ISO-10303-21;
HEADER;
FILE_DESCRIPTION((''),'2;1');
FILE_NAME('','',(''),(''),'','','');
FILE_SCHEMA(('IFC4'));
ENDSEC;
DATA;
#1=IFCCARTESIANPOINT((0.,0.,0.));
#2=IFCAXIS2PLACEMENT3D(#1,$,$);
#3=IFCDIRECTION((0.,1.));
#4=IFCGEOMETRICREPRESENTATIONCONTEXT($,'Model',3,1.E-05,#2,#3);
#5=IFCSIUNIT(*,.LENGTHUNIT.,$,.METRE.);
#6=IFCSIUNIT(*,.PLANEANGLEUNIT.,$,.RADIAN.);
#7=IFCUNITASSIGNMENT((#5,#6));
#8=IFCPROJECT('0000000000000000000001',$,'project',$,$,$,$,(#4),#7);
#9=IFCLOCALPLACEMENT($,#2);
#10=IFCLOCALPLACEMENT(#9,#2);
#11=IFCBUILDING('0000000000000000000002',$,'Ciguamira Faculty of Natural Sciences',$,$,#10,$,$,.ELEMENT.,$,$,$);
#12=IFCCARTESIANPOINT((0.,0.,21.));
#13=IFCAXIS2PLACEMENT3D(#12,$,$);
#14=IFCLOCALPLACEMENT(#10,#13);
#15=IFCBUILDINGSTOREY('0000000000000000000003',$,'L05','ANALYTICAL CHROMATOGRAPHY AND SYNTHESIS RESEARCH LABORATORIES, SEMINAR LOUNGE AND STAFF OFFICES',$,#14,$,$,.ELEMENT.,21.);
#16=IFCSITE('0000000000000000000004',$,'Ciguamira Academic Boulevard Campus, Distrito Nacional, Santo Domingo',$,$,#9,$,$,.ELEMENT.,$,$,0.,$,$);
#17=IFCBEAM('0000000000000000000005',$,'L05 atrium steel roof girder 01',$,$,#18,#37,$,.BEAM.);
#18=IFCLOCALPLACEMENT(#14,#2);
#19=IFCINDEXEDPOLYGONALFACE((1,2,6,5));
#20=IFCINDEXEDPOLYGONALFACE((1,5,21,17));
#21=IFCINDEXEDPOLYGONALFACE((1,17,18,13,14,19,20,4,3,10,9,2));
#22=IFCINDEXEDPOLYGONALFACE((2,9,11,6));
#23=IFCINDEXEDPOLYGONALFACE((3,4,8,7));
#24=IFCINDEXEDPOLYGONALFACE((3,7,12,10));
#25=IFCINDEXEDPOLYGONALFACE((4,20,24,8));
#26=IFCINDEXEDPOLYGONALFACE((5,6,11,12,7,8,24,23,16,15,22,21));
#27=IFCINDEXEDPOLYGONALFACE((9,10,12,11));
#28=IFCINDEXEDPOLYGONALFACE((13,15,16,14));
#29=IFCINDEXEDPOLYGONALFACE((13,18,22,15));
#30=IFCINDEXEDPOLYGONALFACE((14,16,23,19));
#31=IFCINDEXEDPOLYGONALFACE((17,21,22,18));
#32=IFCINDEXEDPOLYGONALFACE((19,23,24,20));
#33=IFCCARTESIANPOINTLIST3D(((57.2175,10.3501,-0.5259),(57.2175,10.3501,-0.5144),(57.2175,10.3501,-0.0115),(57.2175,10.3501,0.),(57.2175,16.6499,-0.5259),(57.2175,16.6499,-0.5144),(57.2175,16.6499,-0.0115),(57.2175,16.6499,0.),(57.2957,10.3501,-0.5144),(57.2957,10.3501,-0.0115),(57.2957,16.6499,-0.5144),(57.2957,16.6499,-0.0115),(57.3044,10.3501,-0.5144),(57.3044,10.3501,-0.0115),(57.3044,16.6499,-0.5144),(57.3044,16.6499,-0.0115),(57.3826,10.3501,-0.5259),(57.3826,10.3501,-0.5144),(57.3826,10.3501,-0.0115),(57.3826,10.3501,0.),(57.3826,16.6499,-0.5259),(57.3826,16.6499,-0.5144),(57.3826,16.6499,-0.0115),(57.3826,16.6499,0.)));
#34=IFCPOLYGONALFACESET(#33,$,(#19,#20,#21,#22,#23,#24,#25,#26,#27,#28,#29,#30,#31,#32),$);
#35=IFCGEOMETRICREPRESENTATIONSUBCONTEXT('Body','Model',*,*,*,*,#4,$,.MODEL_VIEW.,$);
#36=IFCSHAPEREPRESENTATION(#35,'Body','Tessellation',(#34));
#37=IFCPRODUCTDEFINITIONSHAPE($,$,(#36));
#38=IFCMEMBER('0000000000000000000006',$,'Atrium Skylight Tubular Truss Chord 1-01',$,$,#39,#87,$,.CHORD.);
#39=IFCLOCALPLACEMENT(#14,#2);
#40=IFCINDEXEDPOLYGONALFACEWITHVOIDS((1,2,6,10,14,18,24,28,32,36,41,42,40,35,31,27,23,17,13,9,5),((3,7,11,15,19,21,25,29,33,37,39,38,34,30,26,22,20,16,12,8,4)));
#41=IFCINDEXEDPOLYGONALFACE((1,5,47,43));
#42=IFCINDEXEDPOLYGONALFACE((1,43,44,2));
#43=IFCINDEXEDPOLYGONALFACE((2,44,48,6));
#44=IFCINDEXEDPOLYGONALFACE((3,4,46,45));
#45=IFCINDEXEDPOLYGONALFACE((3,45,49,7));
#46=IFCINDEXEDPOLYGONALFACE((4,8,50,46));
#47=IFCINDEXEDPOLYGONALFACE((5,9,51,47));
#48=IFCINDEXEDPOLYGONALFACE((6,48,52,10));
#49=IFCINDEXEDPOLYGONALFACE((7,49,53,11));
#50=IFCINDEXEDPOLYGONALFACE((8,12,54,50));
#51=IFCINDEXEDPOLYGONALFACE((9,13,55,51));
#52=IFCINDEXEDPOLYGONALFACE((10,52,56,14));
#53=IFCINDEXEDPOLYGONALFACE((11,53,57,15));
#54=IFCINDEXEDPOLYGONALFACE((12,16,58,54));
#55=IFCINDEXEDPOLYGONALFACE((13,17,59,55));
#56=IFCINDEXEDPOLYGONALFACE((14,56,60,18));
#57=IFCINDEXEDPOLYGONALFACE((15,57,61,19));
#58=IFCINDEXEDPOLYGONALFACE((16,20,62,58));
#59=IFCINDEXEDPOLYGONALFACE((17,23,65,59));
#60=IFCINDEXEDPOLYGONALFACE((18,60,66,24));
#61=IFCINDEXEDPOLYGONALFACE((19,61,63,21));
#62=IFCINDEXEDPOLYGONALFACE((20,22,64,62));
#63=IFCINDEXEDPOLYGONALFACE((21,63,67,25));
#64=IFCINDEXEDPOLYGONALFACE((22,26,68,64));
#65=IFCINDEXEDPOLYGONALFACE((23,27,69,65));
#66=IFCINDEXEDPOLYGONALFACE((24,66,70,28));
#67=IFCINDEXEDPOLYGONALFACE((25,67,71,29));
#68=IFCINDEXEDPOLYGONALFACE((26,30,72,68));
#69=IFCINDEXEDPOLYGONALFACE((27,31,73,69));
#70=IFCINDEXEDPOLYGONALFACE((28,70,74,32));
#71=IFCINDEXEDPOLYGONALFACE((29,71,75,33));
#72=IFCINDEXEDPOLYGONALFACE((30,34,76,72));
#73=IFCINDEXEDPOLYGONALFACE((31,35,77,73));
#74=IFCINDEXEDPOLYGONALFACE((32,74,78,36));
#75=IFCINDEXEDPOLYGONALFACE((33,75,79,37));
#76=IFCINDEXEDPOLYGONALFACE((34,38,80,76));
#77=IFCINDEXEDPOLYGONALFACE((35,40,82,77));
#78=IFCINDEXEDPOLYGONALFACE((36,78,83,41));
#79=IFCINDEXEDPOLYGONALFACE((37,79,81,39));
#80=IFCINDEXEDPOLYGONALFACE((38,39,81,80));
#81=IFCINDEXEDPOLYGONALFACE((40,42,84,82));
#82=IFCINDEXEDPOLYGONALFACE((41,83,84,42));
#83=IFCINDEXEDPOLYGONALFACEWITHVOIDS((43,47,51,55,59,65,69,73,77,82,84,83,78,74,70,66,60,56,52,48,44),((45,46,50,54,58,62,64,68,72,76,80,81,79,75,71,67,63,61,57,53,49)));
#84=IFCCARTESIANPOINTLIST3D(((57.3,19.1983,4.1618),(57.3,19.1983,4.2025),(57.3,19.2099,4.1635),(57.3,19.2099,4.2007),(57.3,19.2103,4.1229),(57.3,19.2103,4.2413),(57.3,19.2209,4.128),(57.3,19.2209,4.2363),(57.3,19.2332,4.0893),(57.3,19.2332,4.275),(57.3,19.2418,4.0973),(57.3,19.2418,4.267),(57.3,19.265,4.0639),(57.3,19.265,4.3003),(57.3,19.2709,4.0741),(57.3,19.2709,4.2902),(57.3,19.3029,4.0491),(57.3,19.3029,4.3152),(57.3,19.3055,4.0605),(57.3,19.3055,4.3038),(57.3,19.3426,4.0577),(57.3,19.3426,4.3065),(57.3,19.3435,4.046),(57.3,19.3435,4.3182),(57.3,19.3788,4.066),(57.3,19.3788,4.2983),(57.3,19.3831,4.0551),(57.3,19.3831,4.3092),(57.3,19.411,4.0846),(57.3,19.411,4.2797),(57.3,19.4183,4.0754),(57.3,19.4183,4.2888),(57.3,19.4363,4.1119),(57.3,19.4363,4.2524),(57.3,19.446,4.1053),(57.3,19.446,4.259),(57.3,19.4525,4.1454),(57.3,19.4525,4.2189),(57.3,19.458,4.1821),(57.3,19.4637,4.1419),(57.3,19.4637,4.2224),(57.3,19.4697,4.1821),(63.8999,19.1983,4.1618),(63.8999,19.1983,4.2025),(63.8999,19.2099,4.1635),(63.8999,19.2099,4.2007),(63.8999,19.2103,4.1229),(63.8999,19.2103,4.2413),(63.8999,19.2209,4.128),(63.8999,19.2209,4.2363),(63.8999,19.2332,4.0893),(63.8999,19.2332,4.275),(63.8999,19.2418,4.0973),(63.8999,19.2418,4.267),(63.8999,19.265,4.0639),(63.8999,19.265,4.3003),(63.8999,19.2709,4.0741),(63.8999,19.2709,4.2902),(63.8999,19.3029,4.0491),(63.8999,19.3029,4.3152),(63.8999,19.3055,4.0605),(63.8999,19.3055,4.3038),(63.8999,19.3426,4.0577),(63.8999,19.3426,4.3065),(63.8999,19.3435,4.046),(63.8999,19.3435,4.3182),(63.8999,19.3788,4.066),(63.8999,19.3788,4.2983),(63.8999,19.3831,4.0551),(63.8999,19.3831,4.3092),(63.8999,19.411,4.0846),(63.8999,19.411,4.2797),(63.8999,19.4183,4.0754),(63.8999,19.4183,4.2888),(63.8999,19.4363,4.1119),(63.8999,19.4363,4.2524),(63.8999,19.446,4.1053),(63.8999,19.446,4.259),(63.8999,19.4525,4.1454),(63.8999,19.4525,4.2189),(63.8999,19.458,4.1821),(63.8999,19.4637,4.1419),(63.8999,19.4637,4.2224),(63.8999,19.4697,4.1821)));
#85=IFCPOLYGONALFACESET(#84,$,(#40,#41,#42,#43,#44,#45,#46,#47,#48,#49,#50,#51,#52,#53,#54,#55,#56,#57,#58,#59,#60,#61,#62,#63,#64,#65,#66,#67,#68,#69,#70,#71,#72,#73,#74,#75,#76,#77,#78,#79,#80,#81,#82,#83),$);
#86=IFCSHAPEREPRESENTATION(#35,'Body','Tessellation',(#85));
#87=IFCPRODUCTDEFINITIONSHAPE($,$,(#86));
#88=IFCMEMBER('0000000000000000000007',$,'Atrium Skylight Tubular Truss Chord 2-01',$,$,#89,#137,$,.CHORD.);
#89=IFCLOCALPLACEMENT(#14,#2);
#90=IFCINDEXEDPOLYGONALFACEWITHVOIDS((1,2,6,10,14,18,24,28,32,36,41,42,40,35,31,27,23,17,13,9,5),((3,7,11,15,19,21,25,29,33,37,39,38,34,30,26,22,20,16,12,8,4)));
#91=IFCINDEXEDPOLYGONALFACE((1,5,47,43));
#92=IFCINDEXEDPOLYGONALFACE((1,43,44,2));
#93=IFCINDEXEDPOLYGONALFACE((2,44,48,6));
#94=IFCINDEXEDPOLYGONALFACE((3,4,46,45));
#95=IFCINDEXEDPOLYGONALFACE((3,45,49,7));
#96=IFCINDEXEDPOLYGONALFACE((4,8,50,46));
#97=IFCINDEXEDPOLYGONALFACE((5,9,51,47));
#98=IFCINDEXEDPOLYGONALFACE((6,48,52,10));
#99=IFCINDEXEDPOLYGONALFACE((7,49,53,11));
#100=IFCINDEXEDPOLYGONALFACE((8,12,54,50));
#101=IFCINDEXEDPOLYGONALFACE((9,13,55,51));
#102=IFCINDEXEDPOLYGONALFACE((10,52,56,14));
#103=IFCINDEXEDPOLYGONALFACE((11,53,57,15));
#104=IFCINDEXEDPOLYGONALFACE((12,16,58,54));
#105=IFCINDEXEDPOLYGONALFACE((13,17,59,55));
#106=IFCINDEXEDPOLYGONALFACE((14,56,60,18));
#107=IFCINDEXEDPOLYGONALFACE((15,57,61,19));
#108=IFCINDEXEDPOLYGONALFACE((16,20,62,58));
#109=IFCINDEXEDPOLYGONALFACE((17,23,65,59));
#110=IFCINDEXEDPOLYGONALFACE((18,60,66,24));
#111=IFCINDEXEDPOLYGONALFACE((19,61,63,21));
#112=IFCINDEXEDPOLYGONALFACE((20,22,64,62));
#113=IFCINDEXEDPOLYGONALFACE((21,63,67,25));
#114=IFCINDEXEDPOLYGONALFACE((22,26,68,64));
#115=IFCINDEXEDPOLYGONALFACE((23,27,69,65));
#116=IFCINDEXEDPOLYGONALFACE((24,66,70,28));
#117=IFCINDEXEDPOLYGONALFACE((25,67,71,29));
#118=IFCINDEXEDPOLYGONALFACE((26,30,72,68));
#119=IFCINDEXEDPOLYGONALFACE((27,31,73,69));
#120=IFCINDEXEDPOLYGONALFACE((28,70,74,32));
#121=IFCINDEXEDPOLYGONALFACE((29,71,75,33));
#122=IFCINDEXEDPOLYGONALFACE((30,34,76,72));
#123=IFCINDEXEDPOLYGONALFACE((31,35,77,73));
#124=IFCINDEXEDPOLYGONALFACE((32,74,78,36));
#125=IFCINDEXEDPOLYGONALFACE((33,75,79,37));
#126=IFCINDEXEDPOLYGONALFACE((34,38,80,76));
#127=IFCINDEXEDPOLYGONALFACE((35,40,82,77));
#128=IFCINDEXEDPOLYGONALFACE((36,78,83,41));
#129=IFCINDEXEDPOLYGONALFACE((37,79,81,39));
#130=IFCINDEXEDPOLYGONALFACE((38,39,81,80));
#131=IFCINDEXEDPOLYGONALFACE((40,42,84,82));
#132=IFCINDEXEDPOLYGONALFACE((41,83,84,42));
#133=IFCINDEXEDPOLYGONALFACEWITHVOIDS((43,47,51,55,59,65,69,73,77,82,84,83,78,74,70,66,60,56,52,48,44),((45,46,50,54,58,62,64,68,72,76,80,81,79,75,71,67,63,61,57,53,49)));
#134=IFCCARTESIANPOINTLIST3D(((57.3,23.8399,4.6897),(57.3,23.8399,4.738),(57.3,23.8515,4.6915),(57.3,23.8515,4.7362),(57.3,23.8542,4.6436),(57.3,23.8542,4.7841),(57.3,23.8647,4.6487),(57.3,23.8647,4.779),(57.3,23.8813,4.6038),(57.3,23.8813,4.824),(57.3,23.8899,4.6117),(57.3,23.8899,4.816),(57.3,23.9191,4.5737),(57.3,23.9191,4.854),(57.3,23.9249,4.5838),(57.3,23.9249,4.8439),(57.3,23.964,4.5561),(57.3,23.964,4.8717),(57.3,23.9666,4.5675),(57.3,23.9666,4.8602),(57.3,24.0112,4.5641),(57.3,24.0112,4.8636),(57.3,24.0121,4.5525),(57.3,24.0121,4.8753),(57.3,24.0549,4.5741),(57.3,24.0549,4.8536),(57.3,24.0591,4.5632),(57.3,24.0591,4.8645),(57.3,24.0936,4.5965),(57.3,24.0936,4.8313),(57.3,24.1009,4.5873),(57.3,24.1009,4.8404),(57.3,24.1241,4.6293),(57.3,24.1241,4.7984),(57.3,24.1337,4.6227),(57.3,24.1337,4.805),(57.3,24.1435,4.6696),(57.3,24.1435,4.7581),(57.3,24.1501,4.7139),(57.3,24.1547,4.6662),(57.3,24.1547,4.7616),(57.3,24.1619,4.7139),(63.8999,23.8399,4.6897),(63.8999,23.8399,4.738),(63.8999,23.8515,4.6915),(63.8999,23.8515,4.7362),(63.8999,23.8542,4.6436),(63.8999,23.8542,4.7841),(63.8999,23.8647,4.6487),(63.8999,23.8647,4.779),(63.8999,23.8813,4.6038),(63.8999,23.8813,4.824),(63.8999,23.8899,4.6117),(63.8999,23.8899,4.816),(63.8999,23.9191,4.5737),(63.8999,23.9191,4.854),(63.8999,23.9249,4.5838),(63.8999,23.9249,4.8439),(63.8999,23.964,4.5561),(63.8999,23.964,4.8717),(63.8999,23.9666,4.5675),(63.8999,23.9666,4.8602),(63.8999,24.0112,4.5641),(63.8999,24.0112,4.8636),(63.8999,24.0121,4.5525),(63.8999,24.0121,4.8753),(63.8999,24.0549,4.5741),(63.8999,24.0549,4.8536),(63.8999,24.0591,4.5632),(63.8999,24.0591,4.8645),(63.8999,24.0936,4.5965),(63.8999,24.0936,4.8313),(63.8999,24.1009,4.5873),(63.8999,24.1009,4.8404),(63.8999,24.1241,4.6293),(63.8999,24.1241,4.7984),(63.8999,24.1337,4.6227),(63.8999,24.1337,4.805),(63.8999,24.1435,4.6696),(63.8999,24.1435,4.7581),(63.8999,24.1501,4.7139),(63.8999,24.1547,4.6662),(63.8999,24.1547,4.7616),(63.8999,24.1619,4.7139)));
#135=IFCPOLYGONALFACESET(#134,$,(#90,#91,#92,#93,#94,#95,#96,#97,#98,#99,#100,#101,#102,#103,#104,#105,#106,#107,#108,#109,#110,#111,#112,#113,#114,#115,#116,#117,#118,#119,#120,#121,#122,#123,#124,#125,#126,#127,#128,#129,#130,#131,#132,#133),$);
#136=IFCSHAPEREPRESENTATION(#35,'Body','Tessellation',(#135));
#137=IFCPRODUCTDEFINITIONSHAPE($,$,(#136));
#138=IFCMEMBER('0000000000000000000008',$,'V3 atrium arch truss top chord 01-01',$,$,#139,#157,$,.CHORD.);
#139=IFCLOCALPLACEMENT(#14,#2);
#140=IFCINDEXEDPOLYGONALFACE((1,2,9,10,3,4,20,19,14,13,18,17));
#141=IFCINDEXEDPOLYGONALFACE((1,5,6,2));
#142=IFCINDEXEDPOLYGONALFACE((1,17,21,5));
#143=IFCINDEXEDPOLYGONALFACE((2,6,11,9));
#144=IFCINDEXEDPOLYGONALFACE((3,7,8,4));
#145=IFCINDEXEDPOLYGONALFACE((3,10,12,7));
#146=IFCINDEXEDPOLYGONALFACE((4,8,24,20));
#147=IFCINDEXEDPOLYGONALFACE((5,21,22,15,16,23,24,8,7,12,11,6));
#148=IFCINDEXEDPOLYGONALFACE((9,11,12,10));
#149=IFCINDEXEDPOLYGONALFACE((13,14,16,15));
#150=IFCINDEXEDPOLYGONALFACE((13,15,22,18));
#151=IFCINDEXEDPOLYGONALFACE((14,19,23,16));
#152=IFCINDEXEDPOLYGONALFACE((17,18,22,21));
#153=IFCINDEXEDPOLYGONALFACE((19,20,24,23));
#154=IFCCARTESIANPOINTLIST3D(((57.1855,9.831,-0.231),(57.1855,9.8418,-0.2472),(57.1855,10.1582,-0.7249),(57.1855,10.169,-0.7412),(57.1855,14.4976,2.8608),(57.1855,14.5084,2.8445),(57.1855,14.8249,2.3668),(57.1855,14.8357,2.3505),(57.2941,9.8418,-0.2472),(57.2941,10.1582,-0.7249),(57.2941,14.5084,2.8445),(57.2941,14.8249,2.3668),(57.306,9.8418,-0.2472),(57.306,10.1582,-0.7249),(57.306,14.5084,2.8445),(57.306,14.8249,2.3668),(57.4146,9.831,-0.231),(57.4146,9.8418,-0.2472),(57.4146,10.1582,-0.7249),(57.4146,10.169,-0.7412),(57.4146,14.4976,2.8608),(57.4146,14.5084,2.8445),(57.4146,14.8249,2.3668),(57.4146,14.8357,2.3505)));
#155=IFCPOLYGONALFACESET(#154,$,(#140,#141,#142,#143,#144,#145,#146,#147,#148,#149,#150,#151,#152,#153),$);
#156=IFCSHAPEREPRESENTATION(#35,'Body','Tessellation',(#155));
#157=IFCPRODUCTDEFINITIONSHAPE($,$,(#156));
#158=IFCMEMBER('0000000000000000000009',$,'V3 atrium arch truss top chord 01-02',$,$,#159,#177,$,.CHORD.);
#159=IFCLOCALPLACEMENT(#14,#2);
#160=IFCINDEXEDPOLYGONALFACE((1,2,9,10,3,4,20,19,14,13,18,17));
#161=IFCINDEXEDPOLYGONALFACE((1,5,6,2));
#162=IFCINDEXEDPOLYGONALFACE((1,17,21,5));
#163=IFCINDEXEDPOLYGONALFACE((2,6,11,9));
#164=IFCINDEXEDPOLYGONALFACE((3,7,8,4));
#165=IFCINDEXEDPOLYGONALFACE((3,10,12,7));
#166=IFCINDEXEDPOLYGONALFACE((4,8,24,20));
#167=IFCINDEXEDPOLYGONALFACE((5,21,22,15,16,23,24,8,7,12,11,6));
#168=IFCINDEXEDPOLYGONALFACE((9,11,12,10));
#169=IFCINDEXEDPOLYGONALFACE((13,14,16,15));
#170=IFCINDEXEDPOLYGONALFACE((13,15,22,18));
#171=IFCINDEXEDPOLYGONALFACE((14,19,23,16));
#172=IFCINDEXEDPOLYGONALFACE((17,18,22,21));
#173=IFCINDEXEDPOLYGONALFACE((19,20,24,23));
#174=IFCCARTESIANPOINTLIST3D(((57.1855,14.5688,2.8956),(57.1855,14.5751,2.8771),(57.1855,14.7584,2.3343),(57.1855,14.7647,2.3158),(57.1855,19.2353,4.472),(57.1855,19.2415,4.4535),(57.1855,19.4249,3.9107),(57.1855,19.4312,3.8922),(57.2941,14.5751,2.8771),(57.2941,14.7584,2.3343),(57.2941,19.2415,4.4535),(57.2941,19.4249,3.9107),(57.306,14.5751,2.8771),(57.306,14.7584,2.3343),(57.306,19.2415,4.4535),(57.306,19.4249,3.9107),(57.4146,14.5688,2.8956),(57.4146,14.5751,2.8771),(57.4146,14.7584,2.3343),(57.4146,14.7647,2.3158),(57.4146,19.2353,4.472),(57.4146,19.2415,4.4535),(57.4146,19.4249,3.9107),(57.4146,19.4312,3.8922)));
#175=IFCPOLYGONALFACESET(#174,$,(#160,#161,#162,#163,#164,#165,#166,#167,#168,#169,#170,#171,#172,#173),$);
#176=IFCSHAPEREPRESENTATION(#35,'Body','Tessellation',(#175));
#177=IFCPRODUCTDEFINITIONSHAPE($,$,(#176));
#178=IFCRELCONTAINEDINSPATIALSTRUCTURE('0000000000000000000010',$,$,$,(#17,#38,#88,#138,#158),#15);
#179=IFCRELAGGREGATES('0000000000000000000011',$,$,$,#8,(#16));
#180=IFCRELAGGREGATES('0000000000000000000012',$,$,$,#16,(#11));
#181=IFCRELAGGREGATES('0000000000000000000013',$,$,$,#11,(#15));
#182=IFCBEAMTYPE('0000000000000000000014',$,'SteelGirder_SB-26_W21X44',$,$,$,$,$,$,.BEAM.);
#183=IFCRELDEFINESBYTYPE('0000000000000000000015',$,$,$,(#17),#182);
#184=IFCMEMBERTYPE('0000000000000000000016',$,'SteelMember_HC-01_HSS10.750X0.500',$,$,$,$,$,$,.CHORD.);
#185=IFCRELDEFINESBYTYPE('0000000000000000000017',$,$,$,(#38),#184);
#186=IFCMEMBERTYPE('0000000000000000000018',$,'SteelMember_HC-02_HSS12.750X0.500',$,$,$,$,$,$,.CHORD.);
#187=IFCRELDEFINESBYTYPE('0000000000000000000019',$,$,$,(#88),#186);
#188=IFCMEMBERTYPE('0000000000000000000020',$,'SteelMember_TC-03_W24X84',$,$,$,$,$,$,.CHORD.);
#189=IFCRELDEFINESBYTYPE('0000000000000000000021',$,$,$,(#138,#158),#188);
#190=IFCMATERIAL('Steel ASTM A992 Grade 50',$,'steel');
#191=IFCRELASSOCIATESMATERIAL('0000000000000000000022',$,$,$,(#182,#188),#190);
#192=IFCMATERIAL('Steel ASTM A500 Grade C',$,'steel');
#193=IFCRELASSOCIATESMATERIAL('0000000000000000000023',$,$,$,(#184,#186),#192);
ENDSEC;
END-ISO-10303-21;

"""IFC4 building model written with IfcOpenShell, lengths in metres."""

from ifc_helpers import new_model, si_unit, direction, frame, origin, origin_2d, place, context, subcontext, project, spatial, hollow_circle, i_section, extrude, material, material_profile, profile_set, type_object, element, save


model = new_model("IFC4")

# Units and contexts
model_context = context("Model", 3, precision=1e-05, world=origin(), true_north=direction((0.0, 1.0)))
body_context = subcontext(model_context, "Body", "Model", "MODEL_VIEW")
ifc_project = project(units=[si_unit("LENGTHUNIT", "METRE"), si_unit("PLANEANGLEUNIT", "RADIAN")], contexts=[model_context])

# Site, building, storey
site_placement = place(None, origin())
site = spatial("IfcSite", under=ifc_project, at=site_placement, Name="Ciguamira Academic Boulevard Campus, Distrito Nacional, Santo Domingo", CompositionType="ELEMENT", RefElevation=0.0)
building_placement = place(site_placement, origin())
building = spatial("IfcBuilding", under=site, at=building_placement, Name="Ciguamira Faculty of Natural Sciences", CompositionType="ELEMENT")
storey_placement = place(building_placement, frame((0.0, 0.0, 21.0)))
storey = spatial("IfcBuildingStorey", under=building, at=storey_placement, Name="L05", Description="ANALYTICAL CHROMATOGRAPHY AND SYNTHESIS RESEARCH LABORATORIES, SEMINAR LOUNGE AND STAFF OFFICES", CompositionType="ELEMENT", Elevation=21.0)

# Beam
ifc_material_1 = material(Name="Steel ASTM A992 Grade 50", Category="steel")
ifc_material_profile_1 = material_profile(ifc_material_1, i_section(OverallWidth=0.165, OverallDepth=0.5259, WebThickness=0.0088, FlangeThickness=0.0115, at=origin_2d()), Name="W21X44")
ifc_profile_set_1 = profile_set([ifc_material_profile_1], Name="Steel ASTM A992 Grade 50")
beam_type = type_object("IfcBeamType", Name="SteelGirder_SB-26_W21X44", PredefinedType="BEAM", material=ifc_profile_set_1)
beam_placement = place(storey_placement, frame((57.3, 10.3501, -0.2629), z_axis=(0.0, 1.0, 0.0), x_axis=(-1.0, 0.0, 0.0)))
element("IfcBeam", 1, at=beam_placement, inside=storey, type_object=beam_type, Name="L05 atrium steel roof girder 01", PredefinedType="BEAM", context=body_context, shape_type="SweptSolid", body=[
    extrude(i_section(OverallWidth=0.165, OverallDepth=0.5259, WebThickness=0.0088, FlangeThickness=0.0115, at=origin_2d()), origin(), (0.0, 0.0, 1.0), 6.2998),
])

# Members
ifc_material_2 = material(Name="Steel ASTM A500 Grade C", Category="steel")
ifc_material_profile_2 = material_profile(ifc_material_2, hollow_circle(Radius=0.1365, WallThickness=0.0117, at=origin_2d()), Name="HSS10.750X0.500")
ifc_profile_set_2 = profile_set([ifc_material_profile_2], Name="Steel ASTM A500 Grade C")
member_type_1 = type_object("IfcMemberType", Name="SteelMember_HC-01_HSS10.750X0.500", PredefinedType="CHORD", material=ifc_profile_set_2)
member_1_placement = place(storey_placement, frame((57.3, 19.3333, 4.1821), z_axis=(1.0, 0.0, 0.0), x_axis=(0.0, 1.0, 0.0)))
element("IfcMember", 2, at=member_1_placement, inside=storey, type_object=member_type_1, Name="Atrium Skylight Tubular Truss Chord 1-01", PredefinedType="CHORD", context=body_context, shape_type="SweptSolid", body=[
    extrude(hollow_circle(Radius=0.1365, WallThickness=0.0117, at=origin_2d()), origin(), (0.0, 0.0, 1.0), 6.5999),
])
ifc_material_profile_3 = material_profile(ifc_material_2, hollow_circle(Radius=0.1619, WallThickness=0.0117, at=origin_2d()), Name="HSS12.750X0.500")
ifc_profile_set_3 = profile_set([ifc_material_profile_3], Name="Steel ASTM A500 Grade C")
member_type_2 = type_object("IfcMemberType", Name="SteelMember_HC-02_HSS12.750X0.500", PredefinedType="CHORD", material=ifc_profile_set_3)
member_2_placement = place(storey_placement, frame((57.3, 24.0, 4.7139), z_axis=(1.0, 0.0, 0.0), x_axis=(0.0, 1.0, 0.0)))
element("IfcMember", 3, at=member_2_placement, inside=storey, type_object=member_type_2, Name="Atrium Skylight Tubular Truss Chord 2-01", PredefinedType="CHORD", context=body_context, shape_type="SweptSolid", body=[
    extrude(hollow_circle(Radius=0.1619, WallThickness=0.0117, at=origin_2d()), origin(), (0.0, 0.0, 1.0), 6.5999),
])
ifc_material_profile_4 = material_profile(ifc_material_1, i_section(OverallWidth=0.229, OverallDepth=0.6121, WebThickness=0.012, FlangeThickness=0.0195, at=origin_2d()), Name="W24X84")
ifc_profile_set_4 = profile_set([ifc_material_profile_4], Name="Steel ASTM A992 Grade 50")
member_type_3 = type_object("IfcMemberType", Name="SteelMember_TC-03_W24X84", PredefinedType="CHORD", material=ifc_profile_set_4)
member_3_placement = place(storey_placement, frame((57.3, 10.0, -0.4861), z_axis=(0.0, 0.833644, 0.552303), x_axis=(-1.0, 0.0, 0.0)))
element("IfcMember", 4, at=member_3_placement, inside=storey, type_object=member_type_3, Name="V3 atrium arch truss top chord 01-01", PredefinedType="CHORD", context=body_context, shape_type="SweptSolid", body=[
    extrude(i_section(OverallWidth=0.229, OverallDepth=0.6121, WebThickness=0.012, FlangeThickness=0.0195, at=origin_2d()), origin(), (0.0, 0.0, 1.0), 5.5979),
])
member_4_placement = place(storey_placement, frame((57.3, 14.6667, 2.6057), z_axis=(0.0, 0.947402, 0.320047), x_axis=(-1.0, 0.0, 0.0)))
element("IfcMember", 5, at=member_4_placement, inside=storey, type_object=member_type_3, Name="V3 atrium arch truss top chord 01-02", PredefinedType="CHORD", context=body_context, shape_type="SweptSolid", body=[
    extrude(i_section(OverallWidth=0.229, OverallDepth=0.6121, WebThickness=0.012, FlangeThickness=0.0195, at=origin_2d()), origin(), (0.0, 0.0, 1.0), 4.9255),
])

save(model, "model.ifc")
